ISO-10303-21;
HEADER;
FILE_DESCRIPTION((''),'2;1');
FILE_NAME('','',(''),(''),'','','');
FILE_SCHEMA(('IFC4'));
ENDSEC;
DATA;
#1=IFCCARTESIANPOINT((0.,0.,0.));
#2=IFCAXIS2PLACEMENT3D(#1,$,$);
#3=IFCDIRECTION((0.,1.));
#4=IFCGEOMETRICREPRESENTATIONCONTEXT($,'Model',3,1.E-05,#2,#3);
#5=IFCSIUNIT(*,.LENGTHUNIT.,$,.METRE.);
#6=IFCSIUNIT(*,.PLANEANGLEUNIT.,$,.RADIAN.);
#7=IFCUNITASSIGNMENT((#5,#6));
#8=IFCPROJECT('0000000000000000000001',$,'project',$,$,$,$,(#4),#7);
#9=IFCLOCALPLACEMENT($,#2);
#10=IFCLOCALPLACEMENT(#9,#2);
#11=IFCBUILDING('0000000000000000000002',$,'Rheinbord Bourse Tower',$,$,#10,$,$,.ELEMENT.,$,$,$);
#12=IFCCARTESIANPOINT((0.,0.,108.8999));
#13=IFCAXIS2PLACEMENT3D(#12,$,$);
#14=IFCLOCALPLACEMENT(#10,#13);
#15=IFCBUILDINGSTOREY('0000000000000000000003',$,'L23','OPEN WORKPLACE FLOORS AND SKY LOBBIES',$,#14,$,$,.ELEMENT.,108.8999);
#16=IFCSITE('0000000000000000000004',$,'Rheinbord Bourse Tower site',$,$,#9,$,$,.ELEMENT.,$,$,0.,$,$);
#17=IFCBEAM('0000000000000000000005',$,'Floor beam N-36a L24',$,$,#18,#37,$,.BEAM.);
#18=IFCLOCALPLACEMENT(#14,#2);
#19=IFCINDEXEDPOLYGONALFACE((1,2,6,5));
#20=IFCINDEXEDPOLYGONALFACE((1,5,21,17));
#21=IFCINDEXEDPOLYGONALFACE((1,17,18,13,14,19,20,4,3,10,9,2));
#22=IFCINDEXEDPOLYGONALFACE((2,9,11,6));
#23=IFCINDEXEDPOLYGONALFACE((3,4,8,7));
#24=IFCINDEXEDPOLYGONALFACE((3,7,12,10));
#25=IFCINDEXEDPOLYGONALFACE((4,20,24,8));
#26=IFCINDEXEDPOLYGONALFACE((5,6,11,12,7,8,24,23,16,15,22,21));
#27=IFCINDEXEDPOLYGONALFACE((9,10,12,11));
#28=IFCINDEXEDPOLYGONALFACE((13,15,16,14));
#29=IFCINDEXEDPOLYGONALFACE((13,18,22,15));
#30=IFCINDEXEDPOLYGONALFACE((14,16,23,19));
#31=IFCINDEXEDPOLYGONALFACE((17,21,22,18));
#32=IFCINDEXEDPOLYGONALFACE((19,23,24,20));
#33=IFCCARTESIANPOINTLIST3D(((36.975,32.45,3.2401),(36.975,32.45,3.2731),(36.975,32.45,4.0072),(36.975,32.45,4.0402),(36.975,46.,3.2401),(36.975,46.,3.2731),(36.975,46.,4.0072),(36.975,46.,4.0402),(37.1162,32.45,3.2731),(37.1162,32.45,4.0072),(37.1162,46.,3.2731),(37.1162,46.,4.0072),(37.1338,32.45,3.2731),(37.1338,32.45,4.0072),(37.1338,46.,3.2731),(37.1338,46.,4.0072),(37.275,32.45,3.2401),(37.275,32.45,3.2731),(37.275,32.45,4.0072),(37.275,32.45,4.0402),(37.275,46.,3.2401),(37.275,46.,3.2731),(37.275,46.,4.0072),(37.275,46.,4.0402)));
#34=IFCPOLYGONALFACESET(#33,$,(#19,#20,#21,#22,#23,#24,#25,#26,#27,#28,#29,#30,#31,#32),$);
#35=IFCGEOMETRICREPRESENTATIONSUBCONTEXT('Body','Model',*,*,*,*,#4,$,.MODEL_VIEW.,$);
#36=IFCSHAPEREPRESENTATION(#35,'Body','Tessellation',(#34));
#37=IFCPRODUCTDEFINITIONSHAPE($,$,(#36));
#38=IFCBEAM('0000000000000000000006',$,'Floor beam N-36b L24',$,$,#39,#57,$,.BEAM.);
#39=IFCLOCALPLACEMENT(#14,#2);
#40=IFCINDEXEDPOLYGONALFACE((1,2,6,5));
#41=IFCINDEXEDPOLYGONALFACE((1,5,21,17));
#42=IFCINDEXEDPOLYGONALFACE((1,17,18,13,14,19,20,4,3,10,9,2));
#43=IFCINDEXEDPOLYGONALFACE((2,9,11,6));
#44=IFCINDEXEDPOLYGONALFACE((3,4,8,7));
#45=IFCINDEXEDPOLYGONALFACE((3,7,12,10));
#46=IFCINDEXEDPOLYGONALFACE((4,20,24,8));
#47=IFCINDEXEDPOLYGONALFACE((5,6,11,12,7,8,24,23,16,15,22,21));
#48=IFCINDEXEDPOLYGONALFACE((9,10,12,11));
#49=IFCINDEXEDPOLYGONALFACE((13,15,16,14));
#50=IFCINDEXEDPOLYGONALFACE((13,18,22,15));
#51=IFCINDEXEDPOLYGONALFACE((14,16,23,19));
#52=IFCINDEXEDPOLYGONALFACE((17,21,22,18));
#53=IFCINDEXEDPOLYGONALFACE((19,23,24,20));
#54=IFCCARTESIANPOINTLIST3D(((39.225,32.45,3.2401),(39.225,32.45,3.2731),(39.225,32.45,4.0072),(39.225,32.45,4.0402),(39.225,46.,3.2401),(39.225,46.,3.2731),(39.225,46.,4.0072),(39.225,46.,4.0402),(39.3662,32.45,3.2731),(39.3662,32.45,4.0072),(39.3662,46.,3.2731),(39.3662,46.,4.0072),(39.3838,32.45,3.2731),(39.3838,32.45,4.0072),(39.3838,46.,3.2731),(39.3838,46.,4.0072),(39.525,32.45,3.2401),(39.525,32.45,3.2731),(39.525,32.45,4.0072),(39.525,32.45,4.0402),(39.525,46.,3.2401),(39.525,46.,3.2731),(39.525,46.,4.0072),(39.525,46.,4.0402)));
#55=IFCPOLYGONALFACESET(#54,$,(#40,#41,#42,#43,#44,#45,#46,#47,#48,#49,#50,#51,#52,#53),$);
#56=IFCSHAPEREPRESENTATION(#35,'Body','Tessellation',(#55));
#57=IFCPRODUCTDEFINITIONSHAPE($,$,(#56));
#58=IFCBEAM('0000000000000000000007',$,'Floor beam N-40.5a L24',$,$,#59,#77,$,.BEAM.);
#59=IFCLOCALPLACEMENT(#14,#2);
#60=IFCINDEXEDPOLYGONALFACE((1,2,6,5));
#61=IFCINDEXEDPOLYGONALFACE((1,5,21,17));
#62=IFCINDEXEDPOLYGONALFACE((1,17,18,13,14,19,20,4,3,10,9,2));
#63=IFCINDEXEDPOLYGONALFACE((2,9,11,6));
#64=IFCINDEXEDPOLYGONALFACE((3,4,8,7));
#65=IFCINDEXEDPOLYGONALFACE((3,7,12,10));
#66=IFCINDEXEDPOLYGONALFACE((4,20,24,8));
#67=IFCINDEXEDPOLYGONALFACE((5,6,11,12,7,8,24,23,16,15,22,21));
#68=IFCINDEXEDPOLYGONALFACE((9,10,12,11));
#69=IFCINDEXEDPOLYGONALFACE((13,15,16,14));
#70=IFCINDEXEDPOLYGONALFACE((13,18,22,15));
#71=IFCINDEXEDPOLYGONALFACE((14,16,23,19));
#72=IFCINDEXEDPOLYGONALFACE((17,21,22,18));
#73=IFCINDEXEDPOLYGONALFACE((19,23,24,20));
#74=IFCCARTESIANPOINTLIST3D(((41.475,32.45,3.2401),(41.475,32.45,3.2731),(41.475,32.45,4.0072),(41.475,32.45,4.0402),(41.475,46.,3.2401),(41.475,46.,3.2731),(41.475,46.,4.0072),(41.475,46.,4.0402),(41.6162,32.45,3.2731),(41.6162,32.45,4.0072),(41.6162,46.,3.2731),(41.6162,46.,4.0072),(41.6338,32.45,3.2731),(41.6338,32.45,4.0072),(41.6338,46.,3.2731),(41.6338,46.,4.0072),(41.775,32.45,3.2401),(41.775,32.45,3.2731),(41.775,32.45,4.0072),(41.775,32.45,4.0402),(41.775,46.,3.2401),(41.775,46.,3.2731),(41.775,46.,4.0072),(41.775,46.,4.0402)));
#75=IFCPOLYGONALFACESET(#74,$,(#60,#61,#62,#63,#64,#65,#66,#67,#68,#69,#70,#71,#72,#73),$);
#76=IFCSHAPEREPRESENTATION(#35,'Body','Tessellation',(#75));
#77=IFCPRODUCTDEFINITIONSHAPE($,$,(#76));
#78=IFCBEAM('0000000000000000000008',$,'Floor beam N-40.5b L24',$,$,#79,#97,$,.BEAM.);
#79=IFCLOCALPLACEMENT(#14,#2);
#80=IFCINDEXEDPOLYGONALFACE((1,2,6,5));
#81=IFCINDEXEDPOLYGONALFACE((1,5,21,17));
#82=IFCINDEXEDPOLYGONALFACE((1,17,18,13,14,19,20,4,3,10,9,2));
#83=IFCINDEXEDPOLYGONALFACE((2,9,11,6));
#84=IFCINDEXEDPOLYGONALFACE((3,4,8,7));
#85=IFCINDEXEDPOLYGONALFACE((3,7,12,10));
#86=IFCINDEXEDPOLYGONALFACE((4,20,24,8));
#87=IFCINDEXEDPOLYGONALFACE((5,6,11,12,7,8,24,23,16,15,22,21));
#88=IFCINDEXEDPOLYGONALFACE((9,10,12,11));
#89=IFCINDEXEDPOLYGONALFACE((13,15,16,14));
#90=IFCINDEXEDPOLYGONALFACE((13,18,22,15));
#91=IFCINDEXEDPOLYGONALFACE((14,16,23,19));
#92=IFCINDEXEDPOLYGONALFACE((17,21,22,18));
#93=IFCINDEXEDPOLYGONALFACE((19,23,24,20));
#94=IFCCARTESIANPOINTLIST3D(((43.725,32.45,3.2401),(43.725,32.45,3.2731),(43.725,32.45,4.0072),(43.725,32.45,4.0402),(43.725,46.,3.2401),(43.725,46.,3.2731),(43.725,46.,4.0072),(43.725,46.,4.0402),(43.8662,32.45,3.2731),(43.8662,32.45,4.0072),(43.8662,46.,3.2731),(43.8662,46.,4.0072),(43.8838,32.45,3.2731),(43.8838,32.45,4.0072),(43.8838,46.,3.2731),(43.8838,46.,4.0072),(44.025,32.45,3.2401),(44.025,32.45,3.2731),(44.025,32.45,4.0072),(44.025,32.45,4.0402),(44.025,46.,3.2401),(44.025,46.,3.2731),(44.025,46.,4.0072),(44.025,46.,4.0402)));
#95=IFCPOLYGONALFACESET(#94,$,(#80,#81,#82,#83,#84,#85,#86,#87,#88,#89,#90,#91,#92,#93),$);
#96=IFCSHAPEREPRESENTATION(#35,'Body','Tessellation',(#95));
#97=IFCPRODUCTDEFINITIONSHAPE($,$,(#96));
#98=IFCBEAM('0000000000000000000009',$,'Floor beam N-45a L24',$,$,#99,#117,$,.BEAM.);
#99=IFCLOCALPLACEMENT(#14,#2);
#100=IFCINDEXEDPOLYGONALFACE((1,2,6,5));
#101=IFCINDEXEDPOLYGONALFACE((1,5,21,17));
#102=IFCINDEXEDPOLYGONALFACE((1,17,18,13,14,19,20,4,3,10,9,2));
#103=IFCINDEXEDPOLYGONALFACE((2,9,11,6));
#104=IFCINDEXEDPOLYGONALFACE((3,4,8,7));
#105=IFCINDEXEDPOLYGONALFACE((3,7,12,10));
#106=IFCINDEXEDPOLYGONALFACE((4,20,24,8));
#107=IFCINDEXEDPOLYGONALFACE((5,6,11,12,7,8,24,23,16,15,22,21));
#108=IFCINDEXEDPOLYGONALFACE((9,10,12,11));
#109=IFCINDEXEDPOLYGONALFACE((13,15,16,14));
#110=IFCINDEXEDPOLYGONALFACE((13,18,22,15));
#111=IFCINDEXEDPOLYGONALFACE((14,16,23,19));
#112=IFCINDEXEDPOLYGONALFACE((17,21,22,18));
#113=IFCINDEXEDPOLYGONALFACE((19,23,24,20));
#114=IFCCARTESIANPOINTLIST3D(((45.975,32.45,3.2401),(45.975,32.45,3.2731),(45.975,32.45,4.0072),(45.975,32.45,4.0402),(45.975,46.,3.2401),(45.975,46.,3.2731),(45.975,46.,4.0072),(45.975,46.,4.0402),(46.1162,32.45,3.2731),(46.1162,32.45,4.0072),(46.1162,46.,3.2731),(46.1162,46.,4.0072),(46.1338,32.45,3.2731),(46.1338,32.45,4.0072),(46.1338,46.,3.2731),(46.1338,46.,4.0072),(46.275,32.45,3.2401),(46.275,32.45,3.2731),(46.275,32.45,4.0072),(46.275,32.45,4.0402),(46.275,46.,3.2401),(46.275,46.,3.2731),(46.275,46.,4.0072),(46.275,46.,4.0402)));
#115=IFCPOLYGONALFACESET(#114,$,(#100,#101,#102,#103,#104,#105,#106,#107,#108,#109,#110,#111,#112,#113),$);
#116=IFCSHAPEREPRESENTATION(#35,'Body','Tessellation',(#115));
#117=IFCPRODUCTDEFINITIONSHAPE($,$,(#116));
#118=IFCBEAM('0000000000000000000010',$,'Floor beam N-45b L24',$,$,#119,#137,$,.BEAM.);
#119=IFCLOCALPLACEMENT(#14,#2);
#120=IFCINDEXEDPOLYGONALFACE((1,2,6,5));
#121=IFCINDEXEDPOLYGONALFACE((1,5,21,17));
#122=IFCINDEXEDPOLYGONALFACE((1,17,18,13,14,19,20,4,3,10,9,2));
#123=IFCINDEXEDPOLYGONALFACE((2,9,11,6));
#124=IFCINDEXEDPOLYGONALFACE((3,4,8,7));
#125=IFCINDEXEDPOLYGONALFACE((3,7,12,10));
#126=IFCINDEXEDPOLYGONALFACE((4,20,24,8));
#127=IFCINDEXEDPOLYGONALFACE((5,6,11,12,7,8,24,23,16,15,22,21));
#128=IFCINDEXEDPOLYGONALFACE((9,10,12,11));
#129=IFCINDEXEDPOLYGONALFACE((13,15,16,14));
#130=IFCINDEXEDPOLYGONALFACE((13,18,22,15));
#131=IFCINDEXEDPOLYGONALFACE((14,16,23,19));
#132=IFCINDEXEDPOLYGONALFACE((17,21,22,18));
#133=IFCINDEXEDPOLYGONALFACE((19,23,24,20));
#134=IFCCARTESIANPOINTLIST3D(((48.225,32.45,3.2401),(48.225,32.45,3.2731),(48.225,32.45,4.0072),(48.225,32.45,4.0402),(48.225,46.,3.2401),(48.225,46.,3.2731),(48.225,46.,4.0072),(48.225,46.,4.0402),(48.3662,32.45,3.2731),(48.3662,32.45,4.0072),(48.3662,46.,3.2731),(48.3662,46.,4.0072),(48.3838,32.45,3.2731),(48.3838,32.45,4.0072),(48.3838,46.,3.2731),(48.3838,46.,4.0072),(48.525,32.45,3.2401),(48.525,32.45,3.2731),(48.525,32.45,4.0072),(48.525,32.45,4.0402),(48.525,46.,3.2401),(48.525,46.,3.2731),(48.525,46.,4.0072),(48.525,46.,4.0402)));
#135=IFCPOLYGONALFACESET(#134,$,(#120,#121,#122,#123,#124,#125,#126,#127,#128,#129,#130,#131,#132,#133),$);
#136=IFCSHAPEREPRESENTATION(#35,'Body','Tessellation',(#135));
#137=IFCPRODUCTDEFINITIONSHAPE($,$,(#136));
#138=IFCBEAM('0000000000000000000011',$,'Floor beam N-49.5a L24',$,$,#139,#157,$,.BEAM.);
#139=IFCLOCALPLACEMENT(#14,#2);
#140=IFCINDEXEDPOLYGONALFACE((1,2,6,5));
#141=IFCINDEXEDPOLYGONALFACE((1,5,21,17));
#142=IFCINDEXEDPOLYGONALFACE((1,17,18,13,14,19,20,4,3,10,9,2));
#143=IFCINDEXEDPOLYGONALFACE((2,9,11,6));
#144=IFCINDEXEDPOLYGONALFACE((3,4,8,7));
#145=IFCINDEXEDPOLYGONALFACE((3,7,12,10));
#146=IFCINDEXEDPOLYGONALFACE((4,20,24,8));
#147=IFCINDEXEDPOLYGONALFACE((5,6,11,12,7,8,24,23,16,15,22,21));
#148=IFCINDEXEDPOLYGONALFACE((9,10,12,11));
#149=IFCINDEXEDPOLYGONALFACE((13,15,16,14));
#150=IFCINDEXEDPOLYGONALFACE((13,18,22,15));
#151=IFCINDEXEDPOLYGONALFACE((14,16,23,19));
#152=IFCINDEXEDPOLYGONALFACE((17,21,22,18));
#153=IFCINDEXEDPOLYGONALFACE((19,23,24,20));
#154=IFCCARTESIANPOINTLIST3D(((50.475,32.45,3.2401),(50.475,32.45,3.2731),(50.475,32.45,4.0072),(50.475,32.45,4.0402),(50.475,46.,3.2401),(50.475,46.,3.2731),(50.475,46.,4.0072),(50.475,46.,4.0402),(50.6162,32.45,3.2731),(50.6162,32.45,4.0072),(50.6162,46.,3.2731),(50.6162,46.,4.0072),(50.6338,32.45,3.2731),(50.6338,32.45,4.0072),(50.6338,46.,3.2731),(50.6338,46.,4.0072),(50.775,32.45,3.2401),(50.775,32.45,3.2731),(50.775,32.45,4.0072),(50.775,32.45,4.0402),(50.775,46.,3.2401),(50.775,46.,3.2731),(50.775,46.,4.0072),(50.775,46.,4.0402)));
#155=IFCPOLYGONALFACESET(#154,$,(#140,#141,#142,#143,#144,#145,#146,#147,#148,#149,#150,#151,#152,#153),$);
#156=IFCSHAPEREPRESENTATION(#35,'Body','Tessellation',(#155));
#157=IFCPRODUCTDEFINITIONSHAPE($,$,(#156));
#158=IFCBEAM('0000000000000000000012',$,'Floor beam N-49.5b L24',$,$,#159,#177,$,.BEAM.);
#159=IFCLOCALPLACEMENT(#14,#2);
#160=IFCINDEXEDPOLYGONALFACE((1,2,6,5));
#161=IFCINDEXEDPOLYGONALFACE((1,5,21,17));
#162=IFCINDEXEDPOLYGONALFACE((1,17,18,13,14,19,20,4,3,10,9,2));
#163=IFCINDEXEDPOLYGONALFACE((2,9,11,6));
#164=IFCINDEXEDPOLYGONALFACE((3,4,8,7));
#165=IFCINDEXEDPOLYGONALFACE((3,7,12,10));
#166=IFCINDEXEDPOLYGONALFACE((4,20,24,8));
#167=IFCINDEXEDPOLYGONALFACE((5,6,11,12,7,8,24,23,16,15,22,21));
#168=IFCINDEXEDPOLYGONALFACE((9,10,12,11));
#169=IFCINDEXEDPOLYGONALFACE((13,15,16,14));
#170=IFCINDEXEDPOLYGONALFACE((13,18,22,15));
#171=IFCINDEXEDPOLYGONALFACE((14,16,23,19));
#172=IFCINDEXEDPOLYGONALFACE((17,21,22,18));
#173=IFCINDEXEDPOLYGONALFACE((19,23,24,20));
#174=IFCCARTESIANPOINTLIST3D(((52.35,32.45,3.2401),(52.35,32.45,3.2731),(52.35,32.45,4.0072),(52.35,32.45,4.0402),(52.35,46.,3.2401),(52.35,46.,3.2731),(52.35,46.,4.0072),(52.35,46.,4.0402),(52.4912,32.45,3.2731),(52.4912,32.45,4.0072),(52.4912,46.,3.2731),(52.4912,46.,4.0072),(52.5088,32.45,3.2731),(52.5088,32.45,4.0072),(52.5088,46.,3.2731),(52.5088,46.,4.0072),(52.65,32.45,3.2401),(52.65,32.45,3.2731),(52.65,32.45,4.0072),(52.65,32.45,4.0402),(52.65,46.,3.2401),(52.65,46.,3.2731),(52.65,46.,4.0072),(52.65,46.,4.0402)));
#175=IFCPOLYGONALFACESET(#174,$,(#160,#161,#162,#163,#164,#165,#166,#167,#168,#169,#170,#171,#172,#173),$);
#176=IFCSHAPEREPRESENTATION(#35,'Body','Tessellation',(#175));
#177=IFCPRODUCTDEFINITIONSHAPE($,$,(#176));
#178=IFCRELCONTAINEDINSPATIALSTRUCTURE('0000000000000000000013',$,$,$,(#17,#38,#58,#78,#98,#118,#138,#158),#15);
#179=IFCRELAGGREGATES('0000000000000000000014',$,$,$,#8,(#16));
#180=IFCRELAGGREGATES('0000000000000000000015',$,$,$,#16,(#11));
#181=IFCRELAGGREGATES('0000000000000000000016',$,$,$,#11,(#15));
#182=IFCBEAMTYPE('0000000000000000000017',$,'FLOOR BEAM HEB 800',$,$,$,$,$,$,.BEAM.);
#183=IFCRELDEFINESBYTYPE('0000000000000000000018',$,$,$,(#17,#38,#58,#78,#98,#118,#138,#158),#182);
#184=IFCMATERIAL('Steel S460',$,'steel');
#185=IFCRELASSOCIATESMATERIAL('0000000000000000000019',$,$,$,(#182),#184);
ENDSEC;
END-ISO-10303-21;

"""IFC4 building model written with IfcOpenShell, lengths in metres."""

from ifc_helpers import new_model, si_unit, direction, frame, origin, origin_2d, place, context, subcontext, project, spatial, i_section, extrude, material, material_profile, profile_set, type_object, element, save


model = new_model("IFC4")

# Units and contexts
model_context = context("Model", 3, precision=1e-05, world=origin(), true_north=direction((0.0, 1.0)))
body_context = subcontext(model_context, "Body", "Model", "MODEL_VIEW")
ifc_project = project(units=[si_unit("LENGTHUNIT", "METRE"), si_unit("PLANEANGLEUNIT", "RADIAN")], contexts=[model_context])

# Site, building, storey
site_placement = place(None, origin())
site = spatial("IfcSite", under=ifc_project, at=site_placement, Name="Rheinbord Bourse Tower site", CompositionType="ELEMENT", RefElevation=0.0)
building_placement = place(site_placement, origin())
building = spatial("IfcBuilding", under=site, at=building_placement, Name="Rheinbord Bourse Tower", CompositionType="ELEMENT")
storey_placement = place(building_placement, frame((0.0, 0.0, 108.8999)))
storey = spatial("IfcBuildingStorey", under=building, at=storey_placement, Name="L23", Description="OPEN WORKPLACE FLOORS AND SKY LOBBIES", CompositionType="ELEMENT", Elevation=108.8999)

# Beams
ifc_material_1 = material(Name="Steel S460", Category="steel")
ifc_material_profile_1 = material_profile(ifc_material_1, i_section(OverallWidth=0.3, OverallDepth=0.8, WebThickness=0.0176, FlangeThickness=0.033, at=origin_2d()), Name="HEB 800")
ifc_profile_set_1 = profile_set([ifc_material_profile_1], Name="Steel S460")
beam_type_1 = type_object("IfcBeamType", Name="FLOOR BEAM HEB 800", PredefinedType="BEAM", material=ifc_profile_set_1)
for number, where, z_axis, x_axis, name in (
    (1, (37.125, 46.0, 3.6401), (0.0, -1.0, 0.0), (1.0, 0.0, 0.0), "Floor beam N-36a L24"),
    (2, (39.375, 46.0, 3.6401), (0.0, -1.0, 0.0), (1.0, 0.0, 0.0), "Floor beam N-36b L24"),
    (3, (41.625, 46.0, 3.6401), (0.0, -1.0, 0.0), (1.0, 0.0, 0.0), "Floor beam N-40.5a L24"),
    (4, (43.875, 46.0, 3.6401), (0.0, -1.0, 0.0), (1.0, 0.0, 0.0), "Floor beam N-40.5b L24"),
    (5, (46.125, 46.0, 3.6401), (0.0, -1.0, 0.0), (1.0, 0.0, 0.0), "Floor beam N-45a L24"),
    (6, (48.375, 46.0, 3.6401), (0.0, -1.0, 0.0), (1.0, 0.0, 0.0), "Floor beam N-45b L24"),
    (7, (50.625, 46.0, 3.6401), (0.0, -1.0, 0.0), (1.0, 0.0, 0.0), "Floor beam N-49.5a L24"),
    (8, (52.5, 46.0, 3.6401), (0.0, -1.0, 0.0), (1.0, 0.0, 0.0), "Floor beam N-49.5b L24"),
):
    element("IfcBeam", number, at=place(storey_placement, frame(where, z_axis=z_axis, x_axis=x_axis)), inside=storey, type_object=beam_type_1, Name=name, PredefinedType="BEAM", context=body_context, shape_type="SweptSolid", body=[
        extrude(i_section(OverallWidth=0.3, OverallDepth=0.8, WebThickness=0.0176, FlangeThickness=0.033, at=origin_2d()), origin(), (0.0, 0.0, 1.0), 13.55),
    ])

save(model, "model.ifc")
